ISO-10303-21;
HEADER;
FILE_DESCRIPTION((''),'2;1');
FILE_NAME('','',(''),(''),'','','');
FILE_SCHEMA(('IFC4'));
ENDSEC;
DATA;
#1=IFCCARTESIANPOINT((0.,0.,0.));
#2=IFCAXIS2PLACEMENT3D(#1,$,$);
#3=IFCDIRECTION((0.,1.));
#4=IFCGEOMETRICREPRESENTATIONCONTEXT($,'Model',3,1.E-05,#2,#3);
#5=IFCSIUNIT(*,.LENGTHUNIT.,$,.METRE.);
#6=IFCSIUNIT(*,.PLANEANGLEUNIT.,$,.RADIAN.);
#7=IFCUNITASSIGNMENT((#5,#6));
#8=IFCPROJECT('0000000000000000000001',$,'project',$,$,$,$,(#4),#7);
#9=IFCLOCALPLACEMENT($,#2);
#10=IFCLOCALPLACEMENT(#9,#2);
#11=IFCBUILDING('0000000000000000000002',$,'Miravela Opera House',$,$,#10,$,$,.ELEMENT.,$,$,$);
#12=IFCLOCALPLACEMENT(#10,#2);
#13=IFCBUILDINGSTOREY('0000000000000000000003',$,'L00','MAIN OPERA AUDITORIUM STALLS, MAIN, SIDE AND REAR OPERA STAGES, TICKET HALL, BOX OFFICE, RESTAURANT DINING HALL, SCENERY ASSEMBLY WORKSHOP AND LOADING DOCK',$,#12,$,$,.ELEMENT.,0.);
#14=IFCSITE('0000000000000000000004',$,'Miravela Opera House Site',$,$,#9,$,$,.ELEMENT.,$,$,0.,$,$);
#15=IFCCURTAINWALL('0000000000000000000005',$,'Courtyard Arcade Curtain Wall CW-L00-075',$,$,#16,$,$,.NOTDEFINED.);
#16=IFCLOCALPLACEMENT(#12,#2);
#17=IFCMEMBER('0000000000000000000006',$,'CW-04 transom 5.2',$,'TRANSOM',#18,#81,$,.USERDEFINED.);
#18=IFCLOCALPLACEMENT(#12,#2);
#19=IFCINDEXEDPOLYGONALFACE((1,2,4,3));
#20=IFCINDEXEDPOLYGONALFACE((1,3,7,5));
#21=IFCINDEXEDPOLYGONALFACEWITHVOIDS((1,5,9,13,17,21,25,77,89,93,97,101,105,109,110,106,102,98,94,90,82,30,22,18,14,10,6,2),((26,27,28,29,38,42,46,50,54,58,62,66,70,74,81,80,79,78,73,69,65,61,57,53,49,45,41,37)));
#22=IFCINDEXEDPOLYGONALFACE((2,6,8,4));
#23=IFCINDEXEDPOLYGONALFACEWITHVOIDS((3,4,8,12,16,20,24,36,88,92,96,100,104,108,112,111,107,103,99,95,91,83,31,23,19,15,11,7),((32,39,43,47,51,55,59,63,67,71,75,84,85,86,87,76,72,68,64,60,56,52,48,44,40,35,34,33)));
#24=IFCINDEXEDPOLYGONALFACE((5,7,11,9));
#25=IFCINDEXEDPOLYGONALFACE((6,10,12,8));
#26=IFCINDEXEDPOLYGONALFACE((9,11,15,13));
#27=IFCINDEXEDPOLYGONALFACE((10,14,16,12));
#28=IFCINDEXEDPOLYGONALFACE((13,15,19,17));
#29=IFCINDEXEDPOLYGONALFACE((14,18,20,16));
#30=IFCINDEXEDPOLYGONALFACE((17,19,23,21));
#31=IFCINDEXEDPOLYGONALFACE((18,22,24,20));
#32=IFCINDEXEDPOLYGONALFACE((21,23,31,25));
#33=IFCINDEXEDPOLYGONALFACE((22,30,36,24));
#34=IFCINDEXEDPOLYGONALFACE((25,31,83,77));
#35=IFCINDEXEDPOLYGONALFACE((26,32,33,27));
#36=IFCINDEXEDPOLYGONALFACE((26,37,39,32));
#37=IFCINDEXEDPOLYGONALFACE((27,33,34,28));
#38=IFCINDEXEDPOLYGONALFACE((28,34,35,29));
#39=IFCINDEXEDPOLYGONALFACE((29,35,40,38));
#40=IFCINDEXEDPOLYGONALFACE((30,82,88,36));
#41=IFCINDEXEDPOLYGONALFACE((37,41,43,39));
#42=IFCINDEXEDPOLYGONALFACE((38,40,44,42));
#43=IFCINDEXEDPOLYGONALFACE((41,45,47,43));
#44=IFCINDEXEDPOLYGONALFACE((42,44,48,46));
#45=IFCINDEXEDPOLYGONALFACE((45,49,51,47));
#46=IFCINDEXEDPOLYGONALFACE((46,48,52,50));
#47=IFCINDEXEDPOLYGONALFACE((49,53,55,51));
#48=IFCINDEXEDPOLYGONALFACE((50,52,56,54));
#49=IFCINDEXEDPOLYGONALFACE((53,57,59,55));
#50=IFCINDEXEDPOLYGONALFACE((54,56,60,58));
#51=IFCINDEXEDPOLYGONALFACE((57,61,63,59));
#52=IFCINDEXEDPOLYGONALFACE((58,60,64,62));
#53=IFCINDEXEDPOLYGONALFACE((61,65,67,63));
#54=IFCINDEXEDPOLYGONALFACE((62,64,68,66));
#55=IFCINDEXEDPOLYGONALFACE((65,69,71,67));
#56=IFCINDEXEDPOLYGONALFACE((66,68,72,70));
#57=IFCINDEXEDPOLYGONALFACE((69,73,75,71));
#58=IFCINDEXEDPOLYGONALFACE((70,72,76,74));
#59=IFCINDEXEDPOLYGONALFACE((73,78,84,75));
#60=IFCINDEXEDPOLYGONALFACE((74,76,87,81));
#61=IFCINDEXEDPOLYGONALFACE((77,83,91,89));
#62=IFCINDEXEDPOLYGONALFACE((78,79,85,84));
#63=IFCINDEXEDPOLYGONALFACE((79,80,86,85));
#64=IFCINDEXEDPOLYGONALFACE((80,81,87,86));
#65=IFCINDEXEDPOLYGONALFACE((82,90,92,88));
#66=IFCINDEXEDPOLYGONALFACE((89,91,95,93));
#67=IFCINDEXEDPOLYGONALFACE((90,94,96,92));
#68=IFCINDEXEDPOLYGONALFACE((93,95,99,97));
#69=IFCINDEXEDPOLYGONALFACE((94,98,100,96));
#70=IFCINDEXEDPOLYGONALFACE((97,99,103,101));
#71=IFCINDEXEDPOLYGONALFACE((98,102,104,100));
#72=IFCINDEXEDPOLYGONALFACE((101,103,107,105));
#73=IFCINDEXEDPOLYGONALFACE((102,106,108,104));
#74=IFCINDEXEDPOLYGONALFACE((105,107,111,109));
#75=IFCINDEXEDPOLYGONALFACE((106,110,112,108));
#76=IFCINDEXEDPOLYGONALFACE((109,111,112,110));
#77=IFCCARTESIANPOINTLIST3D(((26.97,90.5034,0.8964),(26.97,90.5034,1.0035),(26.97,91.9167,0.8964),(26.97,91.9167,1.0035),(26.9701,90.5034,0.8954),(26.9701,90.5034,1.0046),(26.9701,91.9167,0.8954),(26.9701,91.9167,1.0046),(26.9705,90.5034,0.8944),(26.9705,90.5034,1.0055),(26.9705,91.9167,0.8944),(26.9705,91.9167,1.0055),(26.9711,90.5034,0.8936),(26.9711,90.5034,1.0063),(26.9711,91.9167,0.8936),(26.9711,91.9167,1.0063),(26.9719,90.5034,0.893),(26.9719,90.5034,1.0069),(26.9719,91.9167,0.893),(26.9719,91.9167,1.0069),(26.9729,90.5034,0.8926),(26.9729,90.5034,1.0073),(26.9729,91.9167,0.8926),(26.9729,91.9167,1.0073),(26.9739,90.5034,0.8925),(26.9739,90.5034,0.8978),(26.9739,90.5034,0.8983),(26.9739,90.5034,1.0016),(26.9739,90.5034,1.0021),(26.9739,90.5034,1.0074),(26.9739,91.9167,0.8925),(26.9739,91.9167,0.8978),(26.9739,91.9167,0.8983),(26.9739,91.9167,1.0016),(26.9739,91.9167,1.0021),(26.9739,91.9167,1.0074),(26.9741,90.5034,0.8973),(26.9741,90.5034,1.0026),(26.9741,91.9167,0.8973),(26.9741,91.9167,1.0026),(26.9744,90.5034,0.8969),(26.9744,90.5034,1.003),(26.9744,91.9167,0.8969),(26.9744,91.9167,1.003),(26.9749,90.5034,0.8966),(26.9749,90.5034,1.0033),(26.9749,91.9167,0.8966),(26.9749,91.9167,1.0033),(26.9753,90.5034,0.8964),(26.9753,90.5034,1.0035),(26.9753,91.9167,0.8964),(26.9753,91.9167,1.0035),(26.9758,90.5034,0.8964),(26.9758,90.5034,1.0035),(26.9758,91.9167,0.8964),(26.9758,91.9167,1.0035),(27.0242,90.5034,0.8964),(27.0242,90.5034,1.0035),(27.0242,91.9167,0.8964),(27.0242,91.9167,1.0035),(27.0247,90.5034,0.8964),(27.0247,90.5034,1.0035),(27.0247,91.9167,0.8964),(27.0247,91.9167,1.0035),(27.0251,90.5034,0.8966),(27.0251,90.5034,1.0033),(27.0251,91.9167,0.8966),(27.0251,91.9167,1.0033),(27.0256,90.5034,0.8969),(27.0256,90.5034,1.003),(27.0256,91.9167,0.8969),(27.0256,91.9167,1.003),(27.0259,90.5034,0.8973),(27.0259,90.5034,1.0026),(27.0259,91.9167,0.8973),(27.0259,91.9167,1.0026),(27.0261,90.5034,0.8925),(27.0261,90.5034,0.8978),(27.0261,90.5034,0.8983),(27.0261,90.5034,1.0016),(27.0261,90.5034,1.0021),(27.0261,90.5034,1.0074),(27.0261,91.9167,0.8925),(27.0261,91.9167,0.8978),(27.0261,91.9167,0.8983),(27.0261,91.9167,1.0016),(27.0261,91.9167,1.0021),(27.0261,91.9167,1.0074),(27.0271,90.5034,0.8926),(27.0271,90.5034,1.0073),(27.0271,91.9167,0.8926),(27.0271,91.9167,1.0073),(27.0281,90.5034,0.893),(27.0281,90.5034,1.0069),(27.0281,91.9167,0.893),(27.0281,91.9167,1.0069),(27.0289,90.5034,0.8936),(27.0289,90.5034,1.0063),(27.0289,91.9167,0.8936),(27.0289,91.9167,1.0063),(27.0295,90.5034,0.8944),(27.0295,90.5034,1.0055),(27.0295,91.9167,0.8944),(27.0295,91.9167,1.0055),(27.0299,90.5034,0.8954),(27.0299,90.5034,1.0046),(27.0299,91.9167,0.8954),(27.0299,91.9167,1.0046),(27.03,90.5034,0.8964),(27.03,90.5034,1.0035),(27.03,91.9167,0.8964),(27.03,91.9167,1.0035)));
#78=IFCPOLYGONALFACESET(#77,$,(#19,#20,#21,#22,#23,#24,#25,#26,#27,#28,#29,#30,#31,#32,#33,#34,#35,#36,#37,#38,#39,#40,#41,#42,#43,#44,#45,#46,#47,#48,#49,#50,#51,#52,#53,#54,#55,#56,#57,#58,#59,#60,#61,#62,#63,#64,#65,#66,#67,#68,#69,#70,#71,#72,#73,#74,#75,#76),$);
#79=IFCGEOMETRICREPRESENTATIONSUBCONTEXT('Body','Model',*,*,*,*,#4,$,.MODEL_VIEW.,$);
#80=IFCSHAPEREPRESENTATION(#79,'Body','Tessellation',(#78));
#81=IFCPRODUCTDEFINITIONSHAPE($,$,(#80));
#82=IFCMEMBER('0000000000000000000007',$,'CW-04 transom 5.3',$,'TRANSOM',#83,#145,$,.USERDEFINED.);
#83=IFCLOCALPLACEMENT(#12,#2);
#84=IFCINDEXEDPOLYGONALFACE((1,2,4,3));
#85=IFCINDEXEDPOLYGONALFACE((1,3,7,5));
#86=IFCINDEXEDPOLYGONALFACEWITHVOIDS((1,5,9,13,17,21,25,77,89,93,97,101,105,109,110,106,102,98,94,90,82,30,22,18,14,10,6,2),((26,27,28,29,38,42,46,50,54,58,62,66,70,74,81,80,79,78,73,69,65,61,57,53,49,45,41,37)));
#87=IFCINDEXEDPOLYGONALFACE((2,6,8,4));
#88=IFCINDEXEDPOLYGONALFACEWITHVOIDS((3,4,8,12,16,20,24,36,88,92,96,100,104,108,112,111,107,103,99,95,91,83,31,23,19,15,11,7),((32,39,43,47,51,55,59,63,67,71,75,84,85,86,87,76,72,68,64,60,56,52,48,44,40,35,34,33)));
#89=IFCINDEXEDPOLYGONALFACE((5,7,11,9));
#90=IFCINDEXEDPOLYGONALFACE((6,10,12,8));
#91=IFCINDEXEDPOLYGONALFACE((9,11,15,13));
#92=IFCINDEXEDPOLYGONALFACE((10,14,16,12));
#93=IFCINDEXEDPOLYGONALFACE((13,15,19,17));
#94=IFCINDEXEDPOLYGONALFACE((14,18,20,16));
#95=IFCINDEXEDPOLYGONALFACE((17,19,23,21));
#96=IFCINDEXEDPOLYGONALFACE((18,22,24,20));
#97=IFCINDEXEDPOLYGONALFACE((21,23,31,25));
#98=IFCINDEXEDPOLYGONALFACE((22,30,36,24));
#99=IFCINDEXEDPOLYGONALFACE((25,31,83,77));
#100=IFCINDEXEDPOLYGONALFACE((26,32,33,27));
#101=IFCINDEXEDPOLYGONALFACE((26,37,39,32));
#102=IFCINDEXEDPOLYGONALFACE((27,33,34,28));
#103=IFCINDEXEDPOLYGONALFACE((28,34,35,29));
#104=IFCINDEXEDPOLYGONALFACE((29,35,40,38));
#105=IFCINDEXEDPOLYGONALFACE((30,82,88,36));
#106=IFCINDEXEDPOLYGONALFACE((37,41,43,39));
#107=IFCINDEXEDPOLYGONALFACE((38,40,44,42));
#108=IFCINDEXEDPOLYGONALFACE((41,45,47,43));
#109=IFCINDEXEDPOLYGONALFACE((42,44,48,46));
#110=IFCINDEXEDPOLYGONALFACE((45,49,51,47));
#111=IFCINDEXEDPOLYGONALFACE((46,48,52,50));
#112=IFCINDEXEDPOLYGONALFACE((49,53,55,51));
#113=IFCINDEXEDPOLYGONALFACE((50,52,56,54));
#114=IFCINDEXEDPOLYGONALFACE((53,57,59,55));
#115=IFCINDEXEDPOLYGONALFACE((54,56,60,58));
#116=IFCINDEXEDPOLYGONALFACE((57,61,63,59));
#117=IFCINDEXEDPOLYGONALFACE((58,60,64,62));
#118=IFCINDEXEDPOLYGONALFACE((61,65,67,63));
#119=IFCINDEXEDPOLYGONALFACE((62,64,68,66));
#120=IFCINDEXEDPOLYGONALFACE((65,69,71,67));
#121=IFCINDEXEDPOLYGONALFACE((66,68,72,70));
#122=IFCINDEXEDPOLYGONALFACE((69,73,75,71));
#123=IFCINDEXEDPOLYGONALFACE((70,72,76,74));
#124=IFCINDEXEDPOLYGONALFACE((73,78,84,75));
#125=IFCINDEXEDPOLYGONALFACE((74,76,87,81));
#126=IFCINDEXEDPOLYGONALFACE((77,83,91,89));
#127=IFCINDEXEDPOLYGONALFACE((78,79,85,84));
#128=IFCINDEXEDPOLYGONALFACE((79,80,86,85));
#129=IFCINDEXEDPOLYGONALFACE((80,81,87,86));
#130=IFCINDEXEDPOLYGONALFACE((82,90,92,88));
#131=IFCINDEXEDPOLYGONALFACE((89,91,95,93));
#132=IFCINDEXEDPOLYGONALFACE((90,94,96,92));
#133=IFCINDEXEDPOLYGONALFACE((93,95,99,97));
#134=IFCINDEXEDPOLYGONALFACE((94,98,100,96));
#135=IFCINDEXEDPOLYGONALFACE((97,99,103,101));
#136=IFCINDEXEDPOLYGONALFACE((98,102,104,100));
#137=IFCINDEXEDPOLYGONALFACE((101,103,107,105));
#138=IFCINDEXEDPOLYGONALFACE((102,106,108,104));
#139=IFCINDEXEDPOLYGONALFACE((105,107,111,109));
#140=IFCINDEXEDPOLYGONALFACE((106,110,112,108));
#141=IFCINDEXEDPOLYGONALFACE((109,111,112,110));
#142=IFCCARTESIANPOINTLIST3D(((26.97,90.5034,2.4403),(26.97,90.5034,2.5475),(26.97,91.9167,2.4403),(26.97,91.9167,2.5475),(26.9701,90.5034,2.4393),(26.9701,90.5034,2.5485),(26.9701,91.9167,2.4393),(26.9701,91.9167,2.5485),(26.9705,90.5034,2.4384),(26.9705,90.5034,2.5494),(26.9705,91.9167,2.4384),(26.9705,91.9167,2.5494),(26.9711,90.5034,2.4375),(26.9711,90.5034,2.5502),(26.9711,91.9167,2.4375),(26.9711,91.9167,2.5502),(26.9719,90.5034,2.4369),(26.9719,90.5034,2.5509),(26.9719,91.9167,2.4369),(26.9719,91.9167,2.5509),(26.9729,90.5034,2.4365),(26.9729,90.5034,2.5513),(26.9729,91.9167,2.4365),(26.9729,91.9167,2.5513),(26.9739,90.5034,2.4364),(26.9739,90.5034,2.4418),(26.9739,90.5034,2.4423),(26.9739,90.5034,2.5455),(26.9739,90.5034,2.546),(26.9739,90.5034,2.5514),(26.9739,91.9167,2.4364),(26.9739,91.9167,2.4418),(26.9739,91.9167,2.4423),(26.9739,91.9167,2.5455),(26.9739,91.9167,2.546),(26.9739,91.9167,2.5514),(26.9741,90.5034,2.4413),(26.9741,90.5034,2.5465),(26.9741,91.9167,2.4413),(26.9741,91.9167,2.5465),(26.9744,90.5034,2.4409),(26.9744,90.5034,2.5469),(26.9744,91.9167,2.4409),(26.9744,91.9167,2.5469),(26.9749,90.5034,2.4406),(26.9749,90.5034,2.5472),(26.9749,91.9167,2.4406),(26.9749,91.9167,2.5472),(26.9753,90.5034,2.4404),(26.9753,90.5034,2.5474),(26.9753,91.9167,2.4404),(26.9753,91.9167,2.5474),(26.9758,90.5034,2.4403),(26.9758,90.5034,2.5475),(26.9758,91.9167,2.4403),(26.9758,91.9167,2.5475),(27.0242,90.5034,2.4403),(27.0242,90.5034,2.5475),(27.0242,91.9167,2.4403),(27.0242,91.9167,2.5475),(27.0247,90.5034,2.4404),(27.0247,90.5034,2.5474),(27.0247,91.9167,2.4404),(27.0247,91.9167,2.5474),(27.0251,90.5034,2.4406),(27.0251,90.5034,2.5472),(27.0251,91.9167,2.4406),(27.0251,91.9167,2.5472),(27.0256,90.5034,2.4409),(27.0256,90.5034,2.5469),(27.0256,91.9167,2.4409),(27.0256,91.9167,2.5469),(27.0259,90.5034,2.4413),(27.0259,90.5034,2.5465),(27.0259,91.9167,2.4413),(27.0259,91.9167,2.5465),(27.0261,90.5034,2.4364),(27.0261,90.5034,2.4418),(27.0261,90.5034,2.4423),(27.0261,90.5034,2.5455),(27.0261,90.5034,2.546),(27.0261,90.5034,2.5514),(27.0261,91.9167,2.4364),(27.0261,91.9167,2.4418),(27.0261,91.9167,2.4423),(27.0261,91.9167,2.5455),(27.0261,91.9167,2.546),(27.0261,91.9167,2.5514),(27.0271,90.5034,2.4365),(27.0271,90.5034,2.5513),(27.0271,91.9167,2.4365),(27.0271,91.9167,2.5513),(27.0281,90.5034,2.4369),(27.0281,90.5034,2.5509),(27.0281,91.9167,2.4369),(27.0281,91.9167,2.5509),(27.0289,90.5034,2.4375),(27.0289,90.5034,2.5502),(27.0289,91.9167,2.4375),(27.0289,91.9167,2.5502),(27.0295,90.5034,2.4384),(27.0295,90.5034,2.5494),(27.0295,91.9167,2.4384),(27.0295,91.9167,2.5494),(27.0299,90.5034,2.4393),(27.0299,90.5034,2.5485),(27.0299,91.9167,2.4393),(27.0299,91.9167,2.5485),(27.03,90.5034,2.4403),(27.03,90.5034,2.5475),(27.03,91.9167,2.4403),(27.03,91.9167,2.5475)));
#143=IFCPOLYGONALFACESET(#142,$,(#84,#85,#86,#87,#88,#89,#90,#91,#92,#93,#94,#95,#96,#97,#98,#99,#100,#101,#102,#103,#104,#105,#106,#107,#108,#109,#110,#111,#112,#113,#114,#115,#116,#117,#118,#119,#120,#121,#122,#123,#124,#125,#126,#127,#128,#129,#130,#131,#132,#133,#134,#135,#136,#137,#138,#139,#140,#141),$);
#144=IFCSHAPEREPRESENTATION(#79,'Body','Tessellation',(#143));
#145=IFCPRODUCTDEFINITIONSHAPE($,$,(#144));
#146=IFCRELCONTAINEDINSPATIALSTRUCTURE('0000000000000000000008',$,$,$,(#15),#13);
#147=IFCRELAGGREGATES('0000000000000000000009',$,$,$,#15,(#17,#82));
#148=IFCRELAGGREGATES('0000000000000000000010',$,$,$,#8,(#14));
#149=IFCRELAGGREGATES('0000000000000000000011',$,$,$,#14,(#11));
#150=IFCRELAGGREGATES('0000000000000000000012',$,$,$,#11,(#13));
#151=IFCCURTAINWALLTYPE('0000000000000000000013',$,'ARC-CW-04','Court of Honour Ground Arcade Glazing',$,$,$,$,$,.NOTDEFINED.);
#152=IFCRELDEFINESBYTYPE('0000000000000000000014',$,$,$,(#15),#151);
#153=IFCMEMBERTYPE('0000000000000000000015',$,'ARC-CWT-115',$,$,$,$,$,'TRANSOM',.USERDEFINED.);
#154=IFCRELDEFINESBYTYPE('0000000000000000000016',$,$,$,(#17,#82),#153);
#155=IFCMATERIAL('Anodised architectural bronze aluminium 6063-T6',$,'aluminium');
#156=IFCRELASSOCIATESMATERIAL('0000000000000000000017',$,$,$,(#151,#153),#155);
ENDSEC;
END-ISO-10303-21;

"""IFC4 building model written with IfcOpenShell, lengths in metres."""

from ifc_helpers import new_model, si_unit, direction, frame, origin, origin_2d, place, context, subcontext, project, spatial, hollow_rectangle, extrude, material, material_profile, profile_set, type_object, element, aggregate, save


model = new_model("IFC4")

# Units and contexts
model_context = context("Model", 3, precision=1e-05, world=origin(), true_north=direction((0.0, 1.0)))
body_context = subcontext(model_context, "Body", "Model", "MODEL_VIEW")
ifc_project = project(units=[si_unit("LENGTHUNIT", "METRE"), si_unit("PLANEANGLEUNIT", "RADIAN")], contexts=[model_context])

# Site, building, storey
site_placement = place(None, origin())
site = spatial("IfcSite", under=ifc_project, at=site_placement, Name="Miravela Opera House Site", CompositionType="ELEMENT", RefElevation=0.0)
building_placement = place(site_placement, origin())
building = spatial("IfcBuilding", under=site, at=building_placement, Name="Miravela Opera House", CompositionType="ELEMENT")
storey_placement = place(building_placement, origin())
storey = spatial("IfcBuildingStorey", under=building, at=storey_placement, Name="L00", Description="MAIN OPERA AUDITORIUM STALLS, MAIN, SIDE AND REAR OPERA STAGES, TICKET HALL, BOX OFFICE, RESTAURANT DINING HALL, SCENERY ASSEMBLY WORKSHOP AND LOADING DOCK", CompositionType="ELEMENT", Elevation=0.0)

# Curtain wall, members
ifc_material_1 = material(Name="Anodised architectural bronze aluminium 6063-T6", Category="aluminium")
curtain_wall_type = type_object("IfcCurtainWallType", Name="ARC-CW-04", Description="Court of Honour Ground Arcade Glazing", PredefinedType="NOTDEFINED", material=ifc_material_1)
curtain_wall_placement = place(storey_placement, origin())
curtain_wall = element("IfcCurtainWall", 1, at=curtain_wall_placement, inside=storey, type_object=curtain_wall_type, Name="Courtyard Arcade Curtain Wall CW-L00-075", PredefinedType="NOTDEFINED")
ifc_material_profile_1 = material_profile(ifc_material_1, hollow_rectangle(XDim=0.0601, YDim=0.115, WallThickness=0.0039, InnerFilletRadius=0.002, OuterFilletRadius=0.0039, at=origin_2d()), Name="CWT-60X115")
ifc_profile_set_1 = profile_set([ifc_material_profile_1])
member_type_1 = type_object("IfcMemberType", Name="ARC-CWT-115", ElementType="TRANSOM", PredefinedType="USERDEFINED", material=ifc_profile_set_1)
member_1_placement = place(storey_placement, frame((27.0, 90.5034, 0.95), z_axis=(0.0, 1.0, 0.0), x_axis=(-1.0, 0.0, 0.0)))
member_1 = element("IfcMember", 2, at=member_1_placement, type_object=member_type_1, Name="CW-04 transom 5.2", ObjectType="TRANSOM", PredefinedType="USERDEFINED", context=body_context, shape_type="SweptSolid", body=[
    extrude(hollow_rectangle(XDim=0.0601, YDim=0.115, WallThickness=0.0039, InnerFilletRadius=0.002, OuterFilletRadius=0.0039, at=origin_2d()), origin(), (0.0, 0.0, 1.0), 1.4133),
])
member_2_placement = place(storey_placement, frame((27.0, 90.5034, 2.4939), z_axis=(0.0, 1.0, 0.0), x_axis=(-1.0, 0.0, 0.0)))
member_2 = element("IfcMember", 3, at=member_2_placement, type_object=member_type_1, Name="CW-04 transom 5.3", ObjectType="TRANSOM", PredefinedType="USERDEFINED", context=body_context, shape_type="SweptSolid", body=[
    extrude(hollow_rectangle(XDim=0.0601, YDim=0.115, WallThickness=0.0039, InnerFilletRadius=0.002, OuterFilletRadius=0.0039, at=origin_2d()), origin(), (0.0, 0.0, 1.0), 1.4133),
])
aggregate(curtain_wall, [member_1, member_2])

save(model, "model.ifc")
